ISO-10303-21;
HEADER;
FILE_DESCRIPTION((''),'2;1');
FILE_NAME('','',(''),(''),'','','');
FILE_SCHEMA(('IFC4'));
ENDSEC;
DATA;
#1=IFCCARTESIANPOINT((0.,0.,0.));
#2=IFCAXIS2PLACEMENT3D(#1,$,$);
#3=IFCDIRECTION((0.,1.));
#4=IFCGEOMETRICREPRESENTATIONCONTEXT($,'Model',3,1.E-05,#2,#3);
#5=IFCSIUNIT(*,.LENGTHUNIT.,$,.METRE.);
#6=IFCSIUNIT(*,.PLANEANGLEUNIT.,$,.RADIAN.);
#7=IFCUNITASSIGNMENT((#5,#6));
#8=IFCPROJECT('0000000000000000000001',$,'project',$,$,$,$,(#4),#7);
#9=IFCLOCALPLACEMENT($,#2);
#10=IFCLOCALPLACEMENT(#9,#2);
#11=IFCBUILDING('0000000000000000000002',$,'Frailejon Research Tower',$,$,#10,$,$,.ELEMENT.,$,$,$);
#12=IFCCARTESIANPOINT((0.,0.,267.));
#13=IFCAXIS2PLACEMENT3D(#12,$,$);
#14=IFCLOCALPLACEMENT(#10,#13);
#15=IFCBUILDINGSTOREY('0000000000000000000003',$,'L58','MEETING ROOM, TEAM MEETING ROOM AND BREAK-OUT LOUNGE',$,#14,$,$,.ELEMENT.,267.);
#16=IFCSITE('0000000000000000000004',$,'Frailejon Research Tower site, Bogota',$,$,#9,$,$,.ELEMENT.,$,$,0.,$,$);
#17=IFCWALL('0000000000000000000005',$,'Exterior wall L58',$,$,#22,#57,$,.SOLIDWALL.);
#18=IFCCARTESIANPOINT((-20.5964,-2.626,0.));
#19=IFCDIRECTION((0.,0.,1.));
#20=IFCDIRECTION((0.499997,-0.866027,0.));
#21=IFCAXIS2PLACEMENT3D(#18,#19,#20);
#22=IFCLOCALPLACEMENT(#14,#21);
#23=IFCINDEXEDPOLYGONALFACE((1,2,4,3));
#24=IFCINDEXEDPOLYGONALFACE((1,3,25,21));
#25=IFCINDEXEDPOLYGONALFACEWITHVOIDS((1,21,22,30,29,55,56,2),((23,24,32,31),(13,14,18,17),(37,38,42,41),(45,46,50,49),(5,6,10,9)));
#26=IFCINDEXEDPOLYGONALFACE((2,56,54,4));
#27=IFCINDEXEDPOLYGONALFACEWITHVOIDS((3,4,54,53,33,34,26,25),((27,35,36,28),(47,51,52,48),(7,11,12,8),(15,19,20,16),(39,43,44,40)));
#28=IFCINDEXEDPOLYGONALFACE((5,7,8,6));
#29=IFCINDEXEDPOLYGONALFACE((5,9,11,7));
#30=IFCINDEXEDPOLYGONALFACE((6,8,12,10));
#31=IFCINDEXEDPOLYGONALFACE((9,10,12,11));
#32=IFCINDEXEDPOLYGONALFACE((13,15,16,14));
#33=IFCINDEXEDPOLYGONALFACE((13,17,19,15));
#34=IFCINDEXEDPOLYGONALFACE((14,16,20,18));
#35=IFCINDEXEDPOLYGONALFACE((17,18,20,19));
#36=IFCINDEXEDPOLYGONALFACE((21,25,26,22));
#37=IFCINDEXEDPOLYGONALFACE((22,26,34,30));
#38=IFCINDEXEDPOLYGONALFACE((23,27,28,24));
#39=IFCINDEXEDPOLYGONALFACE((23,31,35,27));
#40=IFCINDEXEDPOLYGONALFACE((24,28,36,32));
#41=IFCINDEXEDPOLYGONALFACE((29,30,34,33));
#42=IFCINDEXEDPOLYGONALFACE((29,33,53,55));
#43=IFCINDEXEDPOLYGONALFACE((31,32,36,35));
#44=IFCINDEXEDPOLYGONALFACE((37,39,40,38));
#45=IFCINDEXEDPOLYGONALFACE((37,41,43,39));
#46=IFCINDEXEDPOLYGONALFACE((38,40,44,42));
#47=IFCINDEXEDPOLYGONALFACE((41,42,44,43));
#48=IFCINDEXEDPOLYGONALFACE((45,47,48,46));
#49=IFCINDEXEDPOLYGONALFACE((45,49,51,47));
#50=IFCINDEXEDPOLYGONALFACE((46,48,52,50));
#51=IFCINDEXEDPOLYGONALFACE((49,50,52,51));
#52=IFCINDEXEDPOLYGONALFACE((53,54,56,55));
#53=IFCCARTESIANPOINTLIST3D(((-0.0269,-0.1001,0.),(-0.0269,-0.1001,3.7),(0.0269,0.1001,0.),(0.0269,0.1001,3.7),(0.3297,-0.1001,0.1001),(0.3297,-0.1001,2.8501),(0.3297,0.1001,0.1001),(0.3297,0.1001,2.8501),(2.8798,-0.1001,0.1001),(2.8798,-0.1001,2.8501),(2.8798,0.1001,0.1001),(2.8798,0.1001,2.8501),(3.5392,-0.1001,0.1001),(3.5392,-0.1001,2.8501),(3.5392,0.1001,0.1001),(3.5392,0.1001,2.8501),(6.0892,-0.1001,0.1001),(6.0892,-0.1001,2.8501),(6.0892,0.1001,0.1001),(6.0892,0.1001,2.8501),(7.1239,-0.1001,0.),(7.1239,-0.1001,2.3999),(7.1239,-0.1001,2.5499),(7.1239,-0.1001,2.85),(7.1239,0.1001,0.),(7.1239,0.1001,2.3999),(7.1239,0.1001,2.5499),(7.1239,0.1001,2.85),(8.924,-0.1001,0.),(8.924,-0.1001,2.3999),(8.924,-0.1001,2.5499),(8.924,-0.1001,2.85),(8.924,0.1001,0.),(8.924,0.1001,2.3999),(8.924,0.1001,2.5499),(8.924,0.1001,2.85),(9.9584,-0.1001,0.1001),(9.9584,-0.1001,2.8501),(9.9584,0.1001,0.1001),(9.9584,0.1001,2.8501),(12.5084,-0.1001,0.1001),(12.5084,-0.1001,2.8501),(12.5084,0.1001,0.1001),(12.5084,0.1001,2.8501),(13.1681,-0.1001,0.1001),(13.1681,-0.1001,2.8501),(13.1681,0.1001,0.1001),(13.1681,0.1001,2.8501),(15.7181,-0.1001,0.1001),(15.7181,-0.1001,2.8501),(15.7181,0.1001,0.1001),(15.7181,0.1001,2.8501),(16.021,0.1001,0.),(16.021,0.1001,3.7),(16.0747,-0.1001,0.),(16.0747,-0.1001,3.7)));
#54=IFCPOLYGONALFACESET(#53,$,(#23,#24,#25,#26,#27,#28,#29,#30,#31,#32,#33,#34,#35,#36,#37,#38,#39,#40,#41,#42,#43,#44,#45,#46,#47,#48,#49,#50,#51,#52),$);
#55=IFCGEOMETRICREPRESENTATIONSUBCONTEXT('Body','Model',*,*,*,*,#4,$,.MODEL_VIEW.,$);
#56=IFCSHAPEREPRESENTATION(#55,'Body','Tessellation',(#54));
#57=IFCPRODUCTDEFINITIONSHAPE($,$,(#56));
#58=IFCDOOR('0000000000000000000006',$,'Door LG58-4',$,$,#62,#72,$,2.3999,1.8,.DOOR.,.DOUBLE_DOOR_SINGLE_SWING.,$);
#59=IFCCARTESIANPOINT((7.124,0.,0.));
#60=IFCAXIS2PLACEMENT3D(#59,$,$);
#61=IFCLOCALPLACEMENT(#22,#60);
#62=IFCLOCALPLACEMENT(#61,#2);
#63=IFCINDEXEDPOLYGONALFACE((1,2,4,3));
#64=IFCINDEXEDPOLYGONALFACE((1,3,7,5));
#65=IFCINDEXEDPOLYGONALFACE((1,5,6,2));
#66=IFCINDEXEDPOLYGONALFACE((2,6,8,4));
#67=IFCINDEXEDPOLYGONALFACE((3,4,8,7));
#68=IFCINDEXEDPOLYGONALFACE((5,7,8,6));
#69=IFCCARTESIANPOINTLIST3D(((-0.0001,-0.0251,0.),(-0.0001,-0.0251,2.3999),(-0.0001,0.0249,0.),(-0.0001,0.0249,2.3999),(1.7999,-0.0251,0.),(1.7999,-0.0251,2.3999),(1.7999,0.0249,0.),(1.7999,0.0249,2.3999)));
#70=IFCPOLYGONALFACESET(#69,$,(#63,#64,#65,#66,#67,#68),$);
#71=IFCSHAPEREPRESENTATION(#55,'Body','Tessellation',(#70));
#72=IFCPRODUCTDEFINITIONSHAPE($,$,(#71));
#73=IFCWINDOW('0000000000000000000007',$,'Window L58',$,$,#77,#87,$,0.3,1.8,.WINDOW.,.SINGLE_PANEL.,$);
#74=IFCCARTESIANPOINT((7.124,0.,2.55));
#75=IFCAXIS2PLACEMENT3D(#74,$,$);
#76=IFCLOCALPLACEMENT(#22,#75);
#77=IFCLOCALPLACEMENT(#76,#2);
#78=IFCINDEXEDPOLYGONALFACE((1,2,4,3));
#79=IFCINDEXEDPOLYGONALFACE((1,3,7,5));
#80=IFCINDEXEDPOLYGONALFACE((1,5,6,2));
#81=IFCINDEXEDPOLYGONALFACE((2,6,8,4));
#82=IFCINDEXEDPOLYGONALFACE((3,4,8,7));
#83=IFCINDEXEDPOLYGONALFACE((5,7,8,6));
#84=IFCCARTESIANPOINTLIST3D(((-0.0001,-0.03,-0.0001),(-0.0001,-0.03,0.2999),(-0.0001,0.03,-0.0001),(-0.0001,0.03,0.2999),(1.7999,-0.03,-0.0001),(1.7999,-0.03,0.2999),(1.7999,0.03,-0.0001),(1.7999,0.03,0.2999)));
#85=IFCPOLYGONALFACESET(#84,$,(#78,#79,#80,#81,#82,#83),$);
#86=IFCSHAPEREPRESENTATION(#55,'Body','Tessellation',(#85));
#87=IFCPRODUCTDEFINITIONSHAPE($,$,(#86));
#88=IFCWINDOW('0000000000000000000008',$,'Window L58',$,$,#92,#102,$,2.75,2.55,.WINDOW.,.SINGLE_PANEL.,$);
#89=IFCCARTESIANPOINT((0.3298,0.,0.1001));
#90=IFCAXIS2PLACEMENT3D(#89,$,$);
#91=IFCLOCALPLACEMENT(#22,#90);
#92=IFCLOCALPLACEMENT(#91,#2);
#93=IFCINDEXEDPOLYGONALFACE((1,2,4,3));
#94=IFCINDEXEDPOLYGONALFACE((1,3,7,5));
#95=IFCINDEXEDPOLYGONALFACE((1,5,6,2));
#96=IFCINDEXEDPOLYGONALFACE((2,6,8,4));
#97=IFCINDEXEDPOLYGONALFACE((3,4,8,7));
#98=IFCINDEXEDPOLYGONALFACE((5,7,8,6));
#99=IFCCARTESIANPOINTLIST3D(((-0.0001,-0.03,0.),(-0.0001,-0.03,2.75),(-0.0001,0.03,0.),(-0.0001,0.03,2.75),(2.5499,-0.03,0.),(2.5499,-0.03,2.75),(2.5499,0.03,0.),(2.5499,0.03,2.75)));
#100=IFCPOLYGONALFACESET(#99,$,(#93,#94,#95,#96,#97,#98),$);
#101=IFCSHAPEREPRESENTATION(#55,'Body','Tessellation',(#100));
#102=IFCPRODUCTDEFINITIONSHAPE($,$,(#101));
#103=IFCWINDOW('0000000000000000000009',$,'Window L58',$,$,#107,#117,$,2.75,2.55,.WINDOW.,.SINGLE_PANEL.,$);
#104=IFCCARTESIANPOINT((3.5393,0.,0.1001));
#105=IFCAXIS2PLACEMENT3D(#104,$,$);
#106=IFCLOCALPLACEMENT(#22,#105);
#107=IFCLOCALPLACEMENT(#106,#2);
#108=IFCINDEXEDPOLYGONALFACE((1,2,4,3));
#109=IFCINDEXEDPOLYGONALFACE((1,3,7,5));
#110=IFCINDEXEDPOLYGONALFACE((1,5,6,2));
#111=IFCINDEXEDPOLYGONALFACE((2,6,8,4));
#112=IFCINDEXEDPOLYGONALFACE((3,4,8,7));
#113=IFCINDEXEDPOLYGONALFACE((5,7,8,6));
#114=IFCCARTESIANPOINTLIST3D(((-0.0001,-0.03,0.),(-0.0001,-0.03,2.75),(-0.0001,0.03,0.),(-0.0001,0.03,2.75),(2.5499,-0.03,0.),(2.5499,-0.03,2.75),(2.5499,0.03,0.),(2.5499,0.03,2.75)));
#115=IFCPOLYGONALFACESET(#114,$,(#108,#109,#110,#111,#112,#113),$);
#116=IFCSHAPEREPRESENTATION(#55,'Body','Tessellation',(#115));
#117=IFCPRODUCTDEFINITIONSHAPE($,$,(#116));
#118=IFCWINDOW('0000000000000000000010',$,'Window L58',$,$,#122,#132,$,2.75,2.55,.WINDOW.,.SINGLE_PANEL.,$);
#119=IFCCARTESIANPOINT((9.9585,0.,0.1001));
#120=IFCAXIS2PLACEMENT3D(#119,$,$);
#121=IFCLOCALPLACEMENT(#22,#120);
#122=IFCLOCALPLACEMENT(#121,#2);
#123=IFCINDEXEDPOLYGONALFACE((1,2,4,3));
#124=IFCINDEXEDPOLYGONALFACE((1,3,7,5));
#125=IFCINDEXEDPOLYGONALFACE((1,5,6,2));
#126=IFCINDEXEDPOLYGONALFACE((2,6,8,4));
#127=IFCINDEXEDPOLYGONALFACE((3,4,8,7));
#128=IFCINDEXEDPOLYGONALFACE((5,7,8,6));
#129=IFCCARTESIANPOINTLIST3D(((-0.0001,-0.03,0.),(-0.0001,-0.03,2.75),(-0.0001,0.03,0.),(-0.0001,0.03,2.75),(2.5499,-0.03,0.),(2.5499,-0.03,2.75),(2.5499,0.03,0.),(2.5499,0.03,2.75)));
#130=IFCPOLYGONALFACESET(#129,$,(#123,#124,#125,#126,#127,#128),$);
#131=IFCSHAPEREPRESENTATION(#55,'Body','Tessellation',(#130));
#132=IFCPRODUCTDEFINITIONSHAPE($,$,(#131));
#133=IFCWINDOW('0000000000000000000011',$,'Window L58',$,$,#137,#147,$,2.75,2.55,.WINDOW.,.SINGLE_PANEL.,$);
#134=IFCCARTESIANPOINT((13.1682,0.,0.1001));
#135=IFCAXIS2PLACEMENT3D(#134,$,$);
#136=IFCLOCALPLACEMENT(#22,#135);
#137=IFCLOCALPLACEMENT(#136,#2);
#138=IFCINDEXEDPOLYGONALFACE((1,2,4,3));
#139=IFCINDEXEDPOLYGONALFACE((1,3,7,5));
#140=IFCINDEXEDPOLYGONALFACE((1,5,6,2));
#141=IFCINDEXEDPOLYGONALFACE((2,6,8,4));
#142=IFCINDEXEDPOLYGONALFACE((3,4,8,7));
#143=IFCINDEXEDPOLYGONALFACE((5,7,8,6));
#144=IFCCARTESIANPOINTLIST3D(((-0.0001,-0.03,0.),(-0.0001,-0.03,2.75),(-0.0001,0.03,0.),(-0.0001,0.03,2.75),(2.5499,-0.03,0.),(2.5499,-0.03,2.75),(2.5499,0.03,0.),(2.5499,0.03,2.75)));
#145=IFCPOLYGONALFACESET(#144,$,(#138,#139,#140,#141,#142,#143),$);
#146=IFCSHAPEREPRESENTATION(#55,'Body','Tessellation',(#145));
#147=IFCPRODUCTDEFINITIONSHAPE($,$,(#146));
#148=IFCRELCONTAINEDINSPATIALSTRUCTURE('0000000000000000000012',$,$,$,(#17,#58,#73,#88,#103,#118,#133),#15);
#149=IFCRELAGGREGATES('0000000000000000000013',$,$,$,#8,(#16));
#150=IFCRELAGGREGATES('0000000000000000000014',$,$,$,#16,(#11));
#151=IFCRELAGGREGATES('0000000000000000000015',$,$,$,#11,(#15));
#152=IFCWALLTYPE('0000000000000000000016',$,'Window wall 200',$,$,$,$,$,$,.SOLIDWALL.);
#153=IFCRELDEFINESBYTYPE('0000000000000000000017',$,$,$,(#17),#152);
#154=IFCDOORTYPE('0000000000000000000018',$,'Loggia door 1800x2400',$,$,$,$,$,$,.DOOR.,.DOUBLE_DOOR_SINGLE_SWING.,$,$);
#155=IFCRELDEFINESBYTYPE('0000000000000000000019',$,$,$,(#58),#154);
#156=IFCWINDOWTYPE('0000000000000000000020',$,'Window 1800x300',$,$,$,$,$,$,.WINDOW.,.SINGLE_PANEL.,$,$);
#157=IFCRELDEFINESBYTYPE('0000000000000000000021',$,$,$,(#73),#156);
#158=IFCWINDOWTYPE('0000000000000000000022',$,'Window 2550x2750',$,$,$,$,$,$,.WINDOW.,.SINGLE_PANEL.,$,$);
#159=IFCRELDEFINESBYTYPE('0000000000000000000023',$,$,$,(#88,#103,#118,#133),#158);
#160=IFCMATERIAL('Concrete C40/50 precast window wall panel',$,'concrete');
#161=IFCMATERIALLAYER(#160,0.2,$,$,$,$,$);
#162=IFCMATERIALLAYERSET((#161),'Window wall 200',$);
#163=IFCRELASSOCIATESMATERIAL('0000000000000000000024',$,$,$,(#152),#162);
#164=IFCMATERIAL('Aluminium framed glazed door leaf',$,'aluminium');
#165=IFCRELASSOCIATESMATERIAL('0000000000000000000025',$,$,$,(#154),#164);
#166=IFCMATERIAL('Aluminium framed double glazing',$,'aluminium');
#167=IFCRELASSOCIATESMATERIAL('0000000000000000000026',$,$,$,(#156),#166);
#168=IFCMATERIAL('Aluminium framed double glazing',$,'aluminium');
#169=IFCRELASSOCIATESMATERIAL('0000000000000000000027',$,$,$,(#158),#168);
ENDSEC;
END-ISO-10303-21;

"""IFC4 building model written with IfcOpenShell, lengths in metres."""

from ifc_helpers import new_model, si_unit, direction, frame, frame_2d, origin, place, context, subcontext, project, spatial, polyline, rectangle, outline, extrude, material, layer, layer_set, type_object, element, fill, save


model = new_model("IFC4")

# Units and contexts
model_context = context("Model", 3, precision=1e-05, world=origin(), true_north=direction((0.0, 1.0)))
body_context = subcontext(model_context, "Body", "Model", "MODEL_VIEW")
ifc_project = project(units=[si_unit("LENGTHUNIT", "METRE"), si_unit("PLANEANGLEUNIT", "RADIAN")], contexts=[model_context])

# Site, building, storey
site_placement = place(None, origin())
site = spatial("IfcSite", under=ifc_project, at=site_placement, Name="Frailejon Research Tower site, Bogota", CompositionType="ELEMENT", RefElevation=0.0)
building_placement = place(site_placement, origin())
building = spatial("IfcBuilding", under=site, at=building_placement, Name="Frailejon Research Tower", CompositionType="ELEMENT")
storey_placement = place(building_placement, frame((0.0, 0.0, 267.0)))
storey = spatial("IfcBuildingStorey", under=building, at=storey_placement, Name="L58", Description="MEETING ROOM, TEAM MEETING ROOM AND BREAK-OUT LOUNGE", CompositionType="ELEMENT", Elevation=267.0)

# Wall, openings, door, windows
ifc_material_1 = material(Name="Concrete C40/50 precast window wall panel", Category="concrete")
ifc_layer_1 = layer(ifc_material_1, 0.2)
ifc_layer_set_1 = layer_set([ifc_layer_1], Name="Window wall 200")
wall_type_1 = type_object("IfcWallType", Name="Window wall 200", PredefinedType="SOLIDWALL", material=ifc_layer_set_1)
wall_1_placement = place(storey_placement, frame((-20.5964, -2.626, 0.0), z_axis=(0.0, 0.0, 1.0), x_axis=(0.499997, -0.866027, 0.0)))
wall_1 = element("IfcWall", 1, at=wall_1_placement, inside=storey, type_object=wall_type_1, Name="Exterior wall L58", PredefinedType="SOLIDWALL", context=body_context, shape_type="SweptSolid", body=[
    extrude(outline(polyline([(-0.0269, -0.1001), (0.9795, -0.1001), (1.9858, -0.1001), (2.9922, -0.1001), (3.9985, -0.1001), (5.0049, -0.1001), (6.0112, -0.1001), (7.0176, -0.1001), (8.0239, -0.1001), (9.0303, -0.1001), (10.0366, -0.1001), (11.043, -0.1001), (12.0493, -0.1001), (13.0557, -0.1001), (14.062, -0.1001), (15.0684, -0.1001), (16.0747, -0.1001), (16.021, 0.1001), (15.0215, 0.1001), (14.0217, 0.1001), (13.022, 0.1001), (12.0225, 0.1001), (11.0229, 0.1001), (10.0232, 0.1001), (9.0234, 0.1001), (8.0239, 0.1001), (7.0244, 0.1001), (6.0247, 0.1001), (5.0249, 0.1001), (4.0254, 0.1001), (3.0259, 0.1001), (2.0261, 0.1001), (1.0264, 0.1001), (0.0269, 0.1001), (-0.0269, -0.1001)])), origin(), (0.0, 0.0, 1.0), 3.7),
])
opening_1_placement = place(wall_1_placement, frame((0.3298, 0.0, 0.1001)))
opening_1 = element("IfcOpeningElement", 2, at=opening_1_placement, cuts=wall_1, PredefinedType="OPENING", context=body_context, shape_type="SweptSolid", body=[
    extrude(rectangle(XDim=2.55, YDim=2.75, at=frame_2d((1.2749, 1.375))), frame((0.0, 0.1099, 0.0), z_axis=(0.0, -1.0, 0.0), x_axis=(1.0, 0.0, 0.0)), (0.0, 0.0, 1.0), 0.22),
])
opening_2_placement = place(wall_1_placement, frame((3.5393, 0.0, 0.1001)))
opening_2 = element("IfcOpeningElement", 3, at=opening_2_placement, cuts=wall_1, PredefinedType="OPENING", context=body_context, shape_type="SweptSolid", body=[
    extrude(rectangle(XDim=2.55, YDim=2.75, at=frame_2d((1.2749, 1.375))), frame((0.0, 0.1099, 0.0), z_axis=(0.0, -1.0, 0.0), x_axis=(1.0, 0.0, 0.0)), (0.0, 0.0, 1.0), 0.22),
])
opening_3_placement = place(wall_1_placement, frame((7.124, 0.0, 0.0)))
opening_3 = element("IfcOpeningElement", 4, at=opening_3_placement, cuts=wall_1, PredefinedType="OPENING", context=body_context, shape_type="SweptSolid", body=[
    extrude(rectangle(XDim=1.8, YDim=2.3999, at=frame_2d((0.8999, 1.2))), frame((0.0, 0.1099, 0.0), z_axis=(0.0, -1.0, 0.0), x_axis=(1.0, 0.0, 0.0)), (0.0, 0.0, 1.0), 0.22),
])
opening_4_placement = place(wall_1_placement, frame((7.124, 0.0, 2.55)))
opening_4 = element("IfcOpeningElement", 5, at=opening_4_placement, cuts=wall_1, PredefinedType="OPENING", context=body_context, shape_type="SweptSolid", body=[
    extrude(rectangle(XDim=1.8, YDim=0.3, at=frame_2d((0.8999, 0.1499))), frame((0.0, 0.1099, 0.0), z_axis=(0.0, -1.0, 0.0), x_axis=(1.0, 0.0, 0.0)), (0.0, 0.0, 1.0), 0.22),
])
opening_5_placement = place(wall_1_placement, frame((9.9585, 0.0, 0.1001)))
opening_5 = element("IfcOpeningElement", 6, at=opening_5_placement, cuts=wall_1, PredefinedType="OPENING", context=body_context, shape_type="SweptSolid", body=[
    extrude(rectangle(XDim=2.55, YDim=2.75, at=frame_2d((1.2749, 1.375))), frame((0.0, 0.1099, 0.0), z_axis=(0.0, -1.0, 0.0), x_axis=(1.0, 0.0, 0.0)), (0.0, 0.0, 1.0), 0.22),
])
opening_6_placement = place(wall_1_placement, frame((13.1682, 0.0, 0.1001)))
opening_6 = element("IfcOpeningElement", 7, at=opening_6_placement, cuts=wall_1, PredefinedType="OPENING", context=body_context, shape_type="SweptSolid", body=[
    extrude(rectangle(XDim=2.55, YDim=2.75, at=frame_2d((1.2749, 1.375))), frame((0.0, 0.1099, 0.0), z_axis=(0.0, -1.0, 0.0), x_axis=(1.0, 0.0, 0.0)), (0.0, 0.0, 1.0), 0.22),
])
ifc_material_2 = material(Name="Aluminium framed glazed door leaf", Category="aluminium")
door_type_1 = type_object("IfcDoorType", Name="Loggia door 1800x2400", OperationType="DOUBLE_DOOR_SINGLE_SWING", PredefinedType="DOOR", material=ifc_material_2)
door_1_placement = place(opening_3_placement, origin())
door_1 = element("IfcDoor", 8, at=door_1_placement, inside=storey, type_object=door_type_1, Name="Door LG58-4", OperationType="DOUBLE_DOOR_SINGLE_SWING", OverallHeight=2.3999, OverallWidth=1.8, PredefinedType="DOOR", context=body_context, shape_type="SweptSolid", body=[
    extrude(rectangle(XDim=1.8, YDim=2.3999, at=frame_2d((0.8999, 1.2))), frame((0.0, 0.0249, 0.0), z_axis=(0.0, -1.0, 0.0), x_axis=(1.0, 0.0, 0.0)), (0.0, 0.0, 1.0), 0.05),
])
fill(opening_3, door_1)
ifc_material_3 = material(Name="Aluminium framed double glazing", Category="aluminium")
window_type_1 = type_object("IfcWindowType", Name="Window 1800x300", PartitioningType="SINGLE_PANEL", PredefinedType="WINDOW", material=ifc_material_3)
window_1_placement = place(opening_4_placement, origin())
window_1 = element("IfcWindow", 9, at=window_1_placement, inside=storey, type_object=window_type_1, Name="Window L58", OverallHeight=0.3, OverallWidth=1.8, PartitioningType="SINGLE_PANEL", PredefinedType="WINDOW", context=body_context, shape_type="SweptSolid", body=[
    extrude(rectangle(XDim=1.8, YDim=0.3, at=frame_2d((0.8999, 0.1499))), frame((0.0, 0.03, 0.0), z_axis=(0.0, -1.0, 0.0), x_axis=(1.0, 0.0, 0.0)), (0.0, 0.0, 1.0), 0.0601),
])
fill(opening_4, window_1)
ifc_material_4 = material(Name="Aluminium framed double glazing", Category="aluminium")
window_type_2 = type_object("IfcWindowType", Name="Window 2550x2750", PartitioningType="SINGLE_PANEL", PredefinedType="WINDOW", material=ifc_material_4)
window_2_placement = place(opening_1_placement, origin())
window_2 = element("IfcWindow", 10, at=window_2_placement, inside=storey, type_object=window_type_2, Name="Window L58", OverallHeight=2.75, OverallWidth=2.55, PartitioningType="SINGLE_PANEL", PredefinedType="WINDOW", context=body_context, shape_type="SweptSolid", body=[
    extrude(rectangle(XDim=2.55, YDim=2.75, at=frame_2d((1.2749, 1.375))), frame((0.0, 0.03, 0.0), z_axis=(0.0, -1.0, 0.0), x_axis=(1.0, 0.0, 0.0)), (0.0, 0.0, 1.0), 0.0601),
])
fill(opening_1, window_2)
window_3_placement = place(opening_2_placement, origin())
window_3 = element("IfcWindow", 11, at=window_3_placement, inside=storey, type_object=window_type_2, Name="Window L58", OverallHeight=2.75, OverallWidth=2.55, PartitioningType="SINGLE_PANEL", PredefinedType="WINDOW", context=body_context, shape_type="SweptSolid", body=[
    extrude(rectangle(XDim=2.55, YDim=2.75, at=frame_2d((1.2749, 1.375))), frame((0.0, 0.03, 0.0), z_axis=(0.0, -1.0, 0.0), x_axis=(1.0, 0.0, 0.0)), (0.0, 0.0, 1.0), 0.0601),
])
fill(opening_2, window_3)
window_4_placement = place(opening_5_placement, origin())
window_4 = element("IfcWindow", 12, at=window_4_placement, inside=storey, type_object=window_type_2, Name="Window L58", OverallHeight=2.75, OverallWidth=2.55, PartitioningType="SINGLE_PANEL", PredefinedType="WINDOW", context=body_context, shape_type="SweptSolid", body=[
    extrude(rectangle(XDim=2.55, YDim=2.75, at=frame_2d((1.2749, 1.375))), frame((0.0, 0.03, 0.0), z_axis=(0.0, -1.0, 0.0), x_axis=(1.0, 0.0, 0.0)), (0.0, 0.0, 1.0), 0.0601),
])
fill(opening_5, window_4)
window_5_placement = place(opening_6_placement, origin())
window_5 = element("IfcWindow", 13, at=window_5_placement, inside=storey, type_object=window_type_2, Name="Window L58", OverallHeight=2.75, OverallWidth=2.55, PartitioningType="SINGLE_PANEL", PredefinedType="WINDOW", context=body_context, shape_type="SweptSolid", body=[
    extrude(rectangle(XDim=2.55, YDim=2.75, at=frame_2d((1.2749, 1.375))), frame((0.0, 0.03, 0.0), z_axis=(0.0, -1.0, 0.0), x_axis=(1.0, 0.0, 0.0)), (0.0, 0.0, 1.0), 0.0601),
])
fill(opening_6, window_5)

save(model, "model.ifc")
